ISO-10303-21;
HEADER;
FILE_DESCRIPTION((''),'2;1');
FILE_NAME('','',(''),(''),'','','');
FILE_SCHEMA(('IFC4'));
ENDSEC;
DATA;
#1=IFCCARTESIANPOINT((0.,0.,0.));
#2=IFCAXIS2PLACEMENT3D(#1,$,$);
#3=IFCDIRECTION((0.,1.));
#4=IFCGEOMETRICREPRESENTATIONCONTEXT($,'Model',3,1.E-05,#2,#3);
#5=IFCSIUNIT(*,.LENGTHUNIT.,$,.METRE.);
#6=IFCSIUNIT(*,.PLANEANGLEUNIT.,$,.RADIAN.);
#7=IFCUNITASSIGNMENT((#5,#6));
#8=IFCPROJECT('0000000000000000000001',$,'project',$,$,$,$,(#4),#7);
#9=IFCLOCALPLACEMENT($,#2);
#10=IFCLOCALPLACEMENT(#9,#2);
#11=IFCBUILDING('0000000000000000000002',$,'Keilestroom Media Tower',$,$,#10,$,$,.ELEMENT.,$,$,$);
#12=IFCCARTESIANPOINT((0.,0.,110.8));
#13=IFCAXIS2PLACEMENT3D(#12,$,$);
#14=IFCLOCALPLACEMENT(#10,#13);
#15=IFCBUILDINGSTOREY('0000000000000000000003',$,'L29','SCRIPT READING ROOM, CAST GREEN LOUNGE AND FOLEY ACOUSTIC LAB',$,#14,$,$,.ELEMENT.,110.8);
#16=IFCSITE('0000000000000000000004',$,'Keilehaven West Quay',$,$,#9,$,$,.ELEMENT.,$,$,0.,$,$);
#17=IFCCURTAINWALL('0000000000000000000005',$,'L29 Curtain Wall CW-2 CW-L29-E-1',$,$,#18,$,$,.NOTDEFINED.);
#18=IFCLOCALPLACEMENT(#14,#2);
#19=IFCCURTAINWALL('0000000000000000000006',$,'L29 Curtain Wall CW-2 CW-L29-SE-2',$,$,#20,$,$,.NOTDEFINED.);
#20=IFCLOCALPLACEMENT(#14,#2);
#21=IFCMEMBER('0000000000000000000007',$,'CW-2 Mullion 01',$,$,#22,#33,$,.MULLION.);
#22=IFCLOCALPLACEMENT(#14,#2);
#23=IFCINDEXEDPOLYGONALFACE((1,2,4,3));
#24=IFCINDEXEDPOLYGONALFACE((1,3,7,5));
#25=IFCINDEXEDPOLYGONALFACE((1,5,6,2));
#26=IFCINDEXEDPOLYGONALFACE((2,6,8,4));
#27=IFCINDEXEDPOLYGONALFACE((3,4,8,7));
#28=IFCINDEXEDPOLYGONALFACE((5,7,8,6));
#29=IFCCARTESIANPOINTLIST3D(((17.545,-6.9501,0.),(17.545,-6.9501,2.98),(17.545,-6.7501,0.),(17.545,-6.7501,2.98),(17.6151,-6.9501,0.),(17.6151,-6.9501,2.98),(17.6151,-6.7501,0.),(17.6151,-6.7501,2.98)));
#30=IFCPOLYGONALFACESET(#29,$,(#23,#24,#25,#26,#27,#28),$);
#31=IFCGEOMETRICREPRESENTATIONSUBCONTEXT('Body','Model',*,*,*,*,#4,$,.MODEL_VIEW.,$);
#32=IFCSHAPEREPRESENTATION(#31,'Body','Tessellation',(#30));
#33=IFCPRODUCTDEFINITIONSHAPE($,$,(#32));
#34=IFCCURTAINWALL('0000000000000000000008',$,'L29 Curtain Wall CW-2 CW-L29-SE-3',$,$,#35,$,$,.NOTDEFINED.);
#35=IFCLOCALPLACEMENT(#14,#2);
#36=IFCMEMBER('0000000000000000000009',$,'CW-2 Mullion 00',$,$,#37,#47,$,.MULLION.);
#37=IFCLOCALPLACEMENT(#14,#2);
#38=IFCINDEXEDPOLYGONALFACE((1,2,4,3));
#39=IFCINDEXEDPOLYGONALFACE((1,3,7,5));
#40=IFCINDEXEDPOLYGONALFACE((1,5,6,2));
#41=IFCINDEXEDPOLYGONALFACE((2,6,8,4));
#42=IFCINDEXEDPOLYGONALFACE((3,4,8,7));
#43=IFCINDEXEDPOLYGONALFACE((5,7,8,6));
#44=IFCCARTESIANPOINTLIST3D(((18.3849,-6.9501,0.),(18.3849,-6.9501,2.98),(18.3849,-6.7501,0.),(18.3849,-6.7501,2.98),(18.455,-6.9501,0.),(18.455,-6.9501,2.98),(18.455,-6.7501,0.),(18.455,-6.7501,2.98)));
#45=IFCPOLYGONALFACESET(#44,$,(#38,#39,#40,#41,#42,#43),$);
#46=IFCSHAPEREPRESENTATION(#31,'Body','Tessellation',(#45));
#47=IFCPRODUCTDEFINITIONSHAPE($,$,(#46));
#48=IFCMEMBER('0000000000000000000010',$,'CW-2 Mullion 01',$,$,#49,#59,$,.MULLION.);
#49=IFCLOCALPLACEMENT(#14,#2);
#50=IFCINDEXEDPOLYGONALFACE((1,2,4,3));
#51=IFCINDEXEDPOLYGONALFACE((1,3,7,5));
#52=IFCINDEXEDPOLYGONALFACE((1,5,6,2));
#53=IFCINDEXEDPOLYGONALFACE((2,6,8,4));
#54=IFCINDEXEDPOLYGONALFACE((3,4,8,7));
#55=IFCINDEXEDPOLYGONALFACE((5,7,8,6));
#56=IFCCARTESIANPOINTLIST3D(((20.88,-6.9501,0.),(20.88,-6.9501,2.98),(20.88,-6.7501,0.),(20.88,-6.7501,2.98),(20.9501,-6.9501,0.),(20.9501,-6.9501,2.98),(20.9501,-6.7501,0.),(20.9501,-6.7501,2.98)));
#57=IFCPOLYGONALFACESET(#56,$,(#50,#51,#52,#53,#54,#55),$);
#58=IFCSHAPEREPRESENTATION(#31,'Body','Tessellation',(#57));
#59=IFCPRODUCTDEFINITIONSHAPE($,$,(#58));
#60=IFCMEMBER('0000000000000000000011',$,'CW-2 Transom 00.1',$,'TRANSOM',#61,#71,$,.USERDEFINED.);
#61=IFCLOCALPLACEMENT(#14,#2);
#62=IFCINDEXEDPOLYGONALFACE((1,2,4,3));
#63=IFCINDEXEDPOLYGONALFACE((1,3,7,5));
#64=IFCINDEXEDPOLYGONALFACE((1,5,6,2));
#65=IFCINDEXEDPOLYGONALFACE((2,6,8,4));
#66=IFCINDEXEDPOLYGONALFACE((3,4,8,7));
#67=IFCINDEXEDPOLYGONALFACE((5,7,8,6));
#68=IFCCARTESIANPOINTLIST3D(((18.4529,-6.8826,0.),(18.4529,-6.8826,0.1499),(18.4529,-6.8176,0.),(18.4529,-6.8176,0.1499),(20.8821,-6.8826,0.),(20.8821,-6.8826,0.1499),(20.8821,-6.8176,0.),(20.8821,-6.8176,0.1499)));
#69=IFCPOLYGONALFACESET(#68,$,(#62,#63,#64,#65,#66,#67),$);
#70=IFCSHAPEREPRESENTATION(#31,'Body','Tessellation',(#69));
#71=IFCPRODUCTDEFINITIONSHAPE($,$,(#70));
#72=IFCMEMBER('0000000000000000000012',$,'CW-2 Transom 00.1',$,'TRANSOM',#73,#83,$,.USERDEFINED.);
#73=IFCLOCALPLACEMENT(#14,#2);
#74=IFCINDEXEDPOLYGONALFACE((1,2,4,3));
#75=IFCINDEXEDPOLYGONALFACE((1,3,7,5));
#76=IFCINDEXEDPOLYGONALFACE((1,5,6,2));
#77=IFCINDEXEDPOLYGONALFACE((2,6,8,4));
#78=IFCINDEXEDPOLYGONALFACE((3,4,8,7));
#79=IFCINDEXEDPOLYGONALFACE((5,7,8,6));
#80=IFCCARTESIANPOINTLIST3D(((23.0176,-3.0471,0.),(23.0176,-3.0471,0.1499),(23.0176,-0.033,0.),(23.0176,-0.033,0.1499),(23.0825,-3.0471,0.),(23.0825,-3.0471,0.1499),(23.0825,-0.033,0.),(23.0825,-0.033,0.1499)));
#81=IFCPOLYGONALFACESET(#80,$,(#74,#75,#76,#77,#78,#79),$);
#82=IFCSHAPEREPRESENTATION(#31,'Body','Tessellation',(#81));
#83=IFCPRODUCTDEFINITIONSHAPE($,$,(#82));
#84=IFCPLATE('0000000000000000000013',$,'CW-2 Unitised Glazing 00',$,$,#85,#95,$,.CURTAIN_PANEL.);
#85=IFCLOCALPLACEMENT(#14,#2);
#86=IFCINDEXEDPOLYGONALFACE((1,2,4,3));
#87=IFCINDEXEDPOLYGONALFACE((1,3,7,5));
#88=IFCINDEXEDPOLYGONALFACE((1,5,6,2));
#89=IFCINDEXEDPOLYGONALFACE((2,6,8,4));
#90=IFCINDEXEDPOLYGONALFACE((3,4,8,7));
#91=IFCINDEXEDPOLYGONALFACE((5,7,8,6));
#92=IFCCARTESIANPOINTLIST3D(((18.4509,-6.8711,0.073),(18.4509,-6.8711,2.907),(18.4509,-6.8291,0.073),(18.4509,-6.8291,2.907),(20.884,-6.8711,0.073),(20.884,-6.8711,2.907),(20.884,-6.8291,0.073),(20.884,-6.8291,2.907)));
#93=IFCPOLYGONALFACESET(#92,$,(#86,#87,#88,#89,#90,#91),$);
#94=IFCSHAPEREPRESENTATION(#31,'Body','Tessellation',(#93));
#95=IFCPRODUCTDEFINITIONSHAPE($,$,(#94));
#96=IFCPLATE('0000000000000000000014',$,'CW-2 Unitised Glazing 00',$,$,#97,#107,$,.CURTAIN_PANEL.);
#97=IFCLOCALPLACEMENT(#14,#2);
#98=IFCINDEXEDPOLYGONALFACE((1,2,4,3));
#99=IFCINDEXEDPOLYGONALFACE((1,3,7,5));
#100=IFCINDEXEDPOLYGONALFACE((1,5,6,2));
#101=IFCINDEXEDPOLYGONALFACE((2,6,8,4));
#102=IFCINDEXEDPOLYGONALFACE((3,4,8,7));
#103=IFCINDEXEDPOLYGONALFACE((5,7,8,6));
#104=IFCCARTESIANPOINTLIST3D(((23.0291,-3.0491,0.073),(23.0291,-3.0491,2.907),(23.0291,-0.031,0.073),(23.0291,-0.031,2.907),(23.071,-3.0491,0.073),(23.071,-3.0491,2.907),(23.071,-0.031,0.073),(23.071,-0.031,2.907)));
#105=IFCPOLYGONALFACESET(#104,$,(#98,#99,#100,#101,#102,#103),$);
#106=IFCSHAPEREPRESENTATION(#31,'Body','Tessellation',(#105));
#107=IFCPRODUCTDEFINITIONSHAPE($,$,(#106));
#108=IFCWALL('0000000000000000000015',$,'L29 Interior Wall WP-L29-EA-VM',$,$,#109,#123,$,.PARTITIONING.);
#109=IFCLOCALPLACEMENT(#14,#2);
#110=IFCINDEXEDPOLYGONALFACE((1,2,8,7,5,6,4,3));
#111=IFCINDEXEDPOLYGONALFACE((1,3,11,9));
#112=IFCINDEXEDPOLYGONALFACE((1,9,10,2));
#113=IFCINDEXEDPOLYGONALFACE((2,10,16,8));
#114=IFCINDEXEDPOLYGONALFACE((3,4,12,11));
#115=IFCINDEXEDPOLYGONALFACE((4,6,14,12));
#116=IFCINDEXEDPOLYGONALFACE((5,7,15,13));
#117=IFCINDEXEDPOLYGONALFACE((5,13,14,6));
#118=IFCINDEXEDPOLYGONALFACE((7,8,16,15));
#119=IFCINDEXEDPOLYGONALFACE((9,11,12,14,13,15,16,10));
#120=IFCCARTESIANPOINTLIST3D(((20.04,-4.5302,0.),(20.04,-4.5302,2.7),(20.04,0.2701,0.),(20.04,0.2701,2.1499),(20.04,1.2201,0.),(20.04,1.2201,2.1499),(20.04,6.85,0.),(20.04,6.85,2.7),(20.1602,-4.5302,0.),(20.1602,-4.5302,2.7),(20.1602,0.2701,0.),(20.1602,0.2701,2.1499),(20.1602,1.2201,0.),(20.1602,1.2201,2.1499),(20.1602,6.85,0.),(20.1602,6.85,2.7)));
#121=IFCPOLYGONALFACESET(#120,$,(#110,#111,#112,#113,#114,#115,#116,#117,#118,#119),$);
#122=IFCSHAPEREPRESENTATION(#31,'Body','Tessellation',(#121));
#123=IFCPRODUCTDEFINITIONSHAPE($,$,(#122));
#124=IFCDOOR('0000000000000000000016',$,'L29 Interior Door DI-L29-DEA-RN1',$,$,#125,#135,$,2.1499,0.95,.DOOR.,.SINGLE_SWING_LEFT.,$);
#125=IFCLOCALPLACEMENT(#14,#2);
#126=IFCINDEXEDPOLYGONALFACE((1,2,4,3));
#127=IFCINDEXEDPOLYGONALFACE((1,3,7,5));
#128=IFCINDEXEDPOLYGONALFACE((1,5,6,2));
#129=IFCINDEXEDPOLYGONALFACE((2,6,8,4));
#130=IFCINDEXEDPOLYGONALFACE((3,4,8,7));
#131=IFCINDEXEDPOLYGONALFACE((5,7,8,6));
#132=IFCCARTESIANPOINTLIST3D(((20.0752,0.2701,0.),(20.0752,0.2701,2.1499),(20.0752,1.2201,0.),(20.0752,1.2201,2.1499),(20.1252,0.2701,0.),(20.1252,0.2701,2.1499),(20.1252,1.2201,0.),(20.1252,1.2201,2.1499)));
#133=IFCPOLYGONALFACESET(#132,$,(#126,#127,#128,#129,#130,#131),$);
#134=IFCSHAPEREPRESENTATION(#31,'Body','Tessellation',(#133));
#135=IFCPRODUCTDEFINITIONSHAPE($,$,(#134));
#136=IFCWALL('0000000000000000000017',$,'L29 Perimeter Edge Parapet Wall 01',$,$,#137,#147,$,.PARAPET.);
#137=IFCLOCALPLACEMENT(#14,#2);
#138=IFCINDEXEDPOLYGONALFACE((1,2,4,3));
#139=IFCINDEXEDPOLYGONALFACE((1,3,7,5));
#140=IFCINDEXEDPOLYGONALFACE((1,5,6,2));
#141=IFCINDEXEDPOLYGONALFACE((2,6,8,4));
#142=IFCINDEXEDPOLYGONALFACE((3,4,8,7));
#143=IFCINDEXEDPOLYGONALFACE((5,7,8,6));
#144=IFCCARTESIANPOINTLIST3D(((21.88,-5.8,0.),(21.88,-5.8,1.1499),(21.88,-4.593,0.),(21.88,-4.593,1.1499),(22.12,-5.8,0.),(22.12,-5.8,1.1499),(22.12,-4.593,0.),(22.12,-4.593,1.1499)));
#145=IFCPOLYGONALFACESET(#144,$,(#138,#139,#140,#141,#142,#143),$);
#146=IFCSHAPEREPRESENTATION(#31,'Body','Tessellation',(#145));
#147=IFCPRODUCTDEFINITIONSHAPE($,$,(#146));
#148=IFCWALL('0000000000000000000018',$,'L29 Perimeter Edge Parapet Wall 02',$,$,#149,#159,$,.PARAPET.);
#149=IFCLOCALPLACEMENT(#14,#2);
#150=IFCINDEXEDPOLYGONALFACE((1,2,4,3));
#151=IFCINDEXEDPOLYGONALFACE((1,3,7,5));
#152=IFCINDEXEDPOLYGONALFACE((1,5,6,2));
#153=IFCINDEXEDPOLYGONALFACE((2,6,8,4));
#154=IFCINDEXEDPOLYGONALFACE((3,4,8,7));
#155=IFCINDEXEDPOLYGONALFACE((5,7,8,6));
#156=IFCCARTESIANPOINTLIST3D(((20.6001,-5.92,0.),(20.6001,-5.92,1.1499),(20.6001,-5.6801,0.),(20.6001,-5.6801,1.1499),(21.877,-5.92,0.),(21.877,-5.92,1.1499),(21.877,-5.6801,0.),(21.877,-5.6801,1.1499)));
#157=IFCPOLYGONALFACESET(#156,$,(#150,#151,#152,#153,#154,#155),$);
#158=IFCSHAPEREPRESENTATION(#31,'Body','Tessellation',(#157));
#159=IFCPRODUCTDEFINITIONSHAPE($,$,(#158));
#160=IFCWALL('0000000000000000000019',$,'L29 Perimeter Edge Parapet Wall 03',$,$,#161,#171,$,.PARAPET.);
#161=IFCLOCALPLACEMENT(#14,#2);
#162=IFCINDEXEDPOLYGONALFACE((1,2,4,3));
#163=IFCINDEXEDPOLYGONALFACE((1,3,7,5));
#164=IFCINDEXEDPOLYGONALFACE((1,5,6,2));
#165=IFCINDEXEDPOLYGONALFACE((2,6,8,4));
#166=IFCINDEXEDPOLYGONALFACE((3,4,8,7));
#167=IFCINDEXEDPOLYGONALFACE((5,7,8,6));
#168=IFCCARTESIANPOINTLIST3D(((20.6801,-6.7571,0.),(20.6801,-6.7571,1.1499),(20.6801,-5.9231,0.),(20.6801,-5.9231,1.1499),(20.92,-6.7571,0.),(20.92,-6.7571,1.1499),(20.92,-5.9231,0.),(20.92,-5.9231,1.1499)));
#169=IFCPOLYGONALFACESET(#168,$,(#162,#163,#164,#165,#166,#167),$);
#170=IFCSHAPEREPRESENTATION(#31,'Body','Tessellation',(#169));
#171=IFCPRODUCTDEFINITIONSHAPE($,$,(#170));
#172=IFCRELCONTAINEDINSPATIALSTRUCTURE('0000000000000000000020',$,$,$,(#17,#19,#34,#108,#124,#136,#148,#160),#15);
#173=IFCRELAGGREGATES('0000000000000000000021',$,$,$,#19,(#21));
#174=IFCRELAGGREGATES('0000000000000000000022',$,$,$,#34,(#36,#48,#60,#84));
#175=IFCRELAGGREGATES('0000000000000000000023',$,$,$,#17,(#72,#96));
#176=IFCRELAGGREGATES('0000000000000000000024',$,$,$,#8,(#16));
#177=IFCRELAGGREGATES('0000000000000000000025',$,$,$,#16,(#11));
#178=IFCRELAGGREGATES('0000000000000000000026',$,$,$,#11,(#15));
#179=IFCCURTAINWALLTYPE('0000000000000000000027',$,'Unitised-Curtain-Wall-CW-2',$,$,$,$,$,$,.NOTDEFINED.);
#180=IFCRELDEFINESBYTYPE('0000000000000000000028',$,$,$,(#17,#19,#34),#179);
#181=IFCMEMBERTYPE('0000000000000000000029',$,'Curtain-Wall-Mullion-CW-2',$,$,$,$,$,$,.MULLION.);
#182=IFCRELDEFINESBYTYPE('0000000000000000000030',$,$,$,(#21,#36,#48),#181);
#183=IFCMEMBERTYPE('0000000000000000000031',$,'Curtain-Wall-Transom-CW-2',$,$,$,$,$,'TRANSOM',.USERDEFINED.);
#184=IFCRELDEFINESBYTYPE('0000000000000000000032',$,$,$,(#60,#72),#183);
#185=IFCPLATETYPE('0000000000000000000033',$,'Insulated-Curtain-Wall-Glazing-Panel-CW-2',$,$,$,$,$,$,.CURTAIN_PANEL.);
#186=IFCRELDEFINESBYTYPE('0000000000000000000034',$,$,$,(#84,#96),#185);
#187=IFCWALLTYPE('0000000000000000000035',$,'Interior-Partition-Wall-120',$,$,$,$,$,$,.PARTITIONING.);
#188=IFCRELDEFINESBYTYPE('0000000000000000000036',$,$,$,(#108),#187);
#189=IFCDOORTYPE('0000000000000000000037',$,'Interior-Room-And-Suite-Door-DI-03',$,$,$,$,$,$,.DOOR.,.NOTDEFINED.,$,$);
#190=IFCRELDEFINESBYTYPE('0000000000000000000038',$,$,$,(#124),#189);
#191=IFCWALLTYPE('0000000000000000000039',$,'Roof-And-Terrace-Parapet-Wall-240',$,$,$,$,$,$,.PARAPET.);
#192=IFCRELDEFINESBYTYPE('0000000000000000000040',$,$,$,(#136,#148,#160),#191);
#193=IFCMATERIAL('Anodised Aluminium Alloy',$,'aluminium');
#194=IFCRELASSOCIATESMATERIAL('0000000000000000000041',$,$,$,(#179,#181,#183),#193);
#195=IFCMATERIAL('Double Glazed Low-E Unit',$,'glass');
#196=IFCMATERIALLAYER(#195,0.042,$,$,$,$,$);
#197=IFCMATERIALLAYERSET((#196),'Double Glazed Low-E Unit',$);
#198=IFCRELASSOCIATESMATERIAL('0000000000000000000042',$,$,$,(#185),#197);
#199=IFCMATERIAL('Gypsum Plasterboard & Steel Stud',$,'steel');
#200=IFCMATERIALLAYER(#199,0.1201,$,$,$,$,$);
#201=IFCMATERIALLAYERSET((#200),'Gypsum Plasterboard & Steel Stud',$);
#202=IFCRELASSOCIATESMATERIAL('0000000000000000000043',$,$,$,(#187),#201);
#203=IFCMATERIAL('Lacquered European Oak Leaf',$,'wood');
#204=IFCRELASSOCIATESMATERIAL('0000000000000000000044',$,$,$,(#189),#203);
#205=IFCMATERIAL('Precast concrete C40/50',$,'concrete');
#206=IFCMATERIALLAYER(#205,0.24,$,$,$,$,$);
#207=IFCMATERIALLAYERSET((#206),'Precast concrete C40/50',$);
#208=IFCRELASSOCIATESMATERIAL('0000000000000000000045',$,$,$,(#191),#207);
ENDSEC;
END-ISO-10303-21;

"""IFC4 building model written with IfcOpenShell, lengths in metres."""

from ifc_helpers import new_model, si_unit, direction, frame, frame_2d, origin, origin_2d, place, context, subcontext, project, spatial, rectangle, extrude, source, transform, mapped, material, layer, layer_set, material_profile, profile_set, type_object, element, fill, aggregate, save


model = new_model("IFC4")

# Units and contexts
model_context = context("Model", 3, precision=1e-05, world=origin(), true_north=direction((0.0, 1.0)))
body_context = subcontext(model_context, "Body", "Model", "MODEL_VIEW")
ifc_project = project(units=[si_unit("LENGTHUNIT", "METRE"), si_unit("PLANEANGLEUNIT", "RADIAN")], contexts=[model_context])

# Site, building, storey
site_placement = place(None, origin())
site = spatial("IfcSite", under=ifc_project, at=site_placement, Name="Keilehaven West Quay", CompositionType="ELEMENT", RefElevation=0.0)
building_placement = place(site_placement, origin())
building = spatial("IfcBuilding", under=site, at=building_placement, Name="Keilestroom Media Tower", CompositionType="ELEMENT")
storey_placement = place(building_placement, frame((0.0, 0.0, 110.8)))
storey = spatial("IfcBuildingStorey", under=building, at=storey_placement, Name="L29", Description="SCRIPT READING ROOM, CAST GREEN LOUNGE AND FOLEY ACOUSTIC LAB", CompositionType="ELEMENT", Elevation=110.8)

# Shared definitions
ifc_material_1 = material(Name="Precast concrete C40/50", Category="concrete")

# Curtain walls, member
ifc_material_2 = material(Name="Anodised Aluminium Alloy", Category="aluminium")
curtain_wall_type = type_object("IfcCurtainWallType", Name="Unitised-Curtain-Wall-CW-2", PredefinedType="NOTDEFINED", material=ifc_material_2)
curtain_wall_1_placement = place(storey_placement, origin())
curtain_wall_1 = element("IfcCurtainWall", 1, at=curtain_wall_1_placement, inside=storey, type_object=curtain_wall_type, Name="L29 Curtain Wall CW-2 CW-L29-E-1", PredefinedType="NOTDEFINED")
ifc_material_profile_1 = material_profile(ifc_material_2, rectangle(XDim=0.0701, YDim=0.2, at=origin_2d()), Name="ALU MULLION 70x200")
ifc_profile_set_1 = profile_set([ifc_material_profile_1], Name="Anodised Aluminium Alloy")
member_type_1 = type_object("IfcMemberType", Name="Curtain-Wall-Mullion-CW-2", PredefinedType="MULLION", material=ifc_profile_set_1)
shared_shape_1 = source(origin(), body_context, "Body", "SweptSolid", [
    extrude(rectangle(XDim=0.0701, YDim=0.2, at=origin_2d()), origin(), (0.0, 0.0, 1.0), 2.98),
])
curtain_wall_2_placement = place(storey_placement, origin())
curtain_wall_2 = element("IfcCurtainWall", 2, at=curtain_wall_2_placement, inside=storey, type_object=curtain_wall_type, Name="L29 Curtain Wall CW-2 CW-L29-SE-2", PredefinedType="NOTDEFINED")
member_1_placement = place(storey_placement, frame((17.5801, -6.8501, 0.0), z_axis=(0.0, 0.0, 1.0), x_axis=(1.0, 0.0, 0.0)))
member_1 = element("IfcMember", 3, at=member_1_placement, type_object=member_type_1, Name="CW-2 Mullion 01", PredefinedType="MULLION", context=body_context, shape_type="MappedRepresentation", body=[
    mapped(shared_shape_1, transform((0.0, 0.0, 0.0), x_axis=(1.0, 0.0, 0.0), y_axis=(0.0, 1.0, 0.0), z_axis=(0.0, 0.0, 1.0), scale=1.0)),
])
aggregate(curtain_wall_2, [member_1])

# Curtain wall, members
curtain_wall_3_placement = place(storey_placement, origin())
curtain_wall_3 = element("IfcCurtainWall", 4, at=curtain_wall_3_placement, inside=storey, type_object=curtain_wall_type, Name="L29 Curtain Wall CW-2 CW-L29-SE-3", PredefinedType="NOTDEFINED")
member_2_placement = place(storey_placement, frame((18.4199, -6.8501, 0.0), z_axis=(0.0, 0.0, 1.0), x_axis=(1.0, 0.0, 0.0)))
member_2 = element("IfcMember", 5, at=member_2_placement, type_object=member_type_1, Name="CW-2 Mullion 00", PredefinedType="MULLION", context=body_context, shape_type="MappedRepresentation", body=[
    mapped(shared_shape_1, transform((0.0, 0.0, 0.0), x_axis=(1.0, 0.0, 0.0), y_axis=(0.0, 1.0, 0.0), z_axis=(0.0, 0.0, 1.0), scale=1.0)),
])
member_3_placement = place(storey_placement, frame((20.915, -6.8501, 0.0), z_axis=(0.0, 0.0, 1.0), x_axis=(1.0, 0.0, 0.0)))
member_3 = element("IfcMember", 6, at=member_3_placement, type_object=member_type_1, Name="CW-2 Mullion 01", PredefinedType="MULLION", context=body_context, shape_type="MappedRepresentation", body=[
    mapped(shared_shape_1, transform((0.0, 0.0, 0.0), x_axis=(1.0, 0.0, 0.0), y_axis=(0.0, 1.0, 0.0), z_axis=(0.0, 0.0, 1.0), scale=1.0)),
])
ifc_material_profile_2 = material_profile(ifc_material_2, rectangle(XDim=0.0649, YDim=0.1499, at=origin_2d()), Name="ALU TRANSOM 65x150")
ifc_profile_set_2 = profile_set([ifc_material_profile_2], Name="Anodised Aluminium Alloy")
member_type_2 = type_object("IfcMemberType", Name="Curtain-Wall-Transom-CW-2", ElementType="TRANSOM", PredefinedType="USERDEFINED", material=ifc_profile_set_2)
shared_shape_2 = source(origin(), body_context, "Body", "SweptSolid", [
    extrude(rectangle(XDim=0.0649, YDim=0.1499, at=origin_2d()), origin(), (0.0, 0.0, 1.0), 2.4292),
])
member_4_placement = place(storey_placement, frame((18.4529, -6.8501, 0.075), z_axis=(1.0, 0.0, 0.0), x_axis=(0.0, 1.0, 0.0)))
member_4 = element("IfcMember", 7, at=member_4_placement, type_object=member_type_2, Name="CW-2 Transom 00.1", ObjectType="TRANSOM", PredefinedType="USERDEFINED", context=body_context, shape_type="MappedRepresentation", body=[
    mapped(shared_shape_2, transform((0.0, 0.0, 0.0), x_axis=(1.0, 0.0, 0.0), y_axis=(0.0, 1.0, 0.0), z_axis=(0.0, 0.0, 1.0), scale=1.0)),
])

# Member
shared_shape_3 = source(origin(), body_context, "Body", "SweptSolid", [
    extrude(rectangle(XDim=0.0649, YDim=0.1499, at=origin_2d()), origin(), (0.0, 0.0, 1.0), 3.0142),
])
member_5_placement = place(storey_placement, frame((23.05, -3.0471, 0.075), z_axis=(0.0, 1.0, 0.0), x_axis=(-1.0, 0.0, 0.0)))
member_5 = element("IfcMember", 8, at=member_5_placement, type_object=member_type_2, Name="CW-2 Transom 00.1", ObjectType="TRANSOM", PredefinedType="USERDEFINED", context=body_context, shape_type="MappedRepresentation", body=[
    mapped(shared_shape_3, transform((0.0, 0.0, 0.0), x_axis=(1.0, 0.0, 0.0), y_axis=(0.0, 1.0, 0.0), z_axis=(0.0, 0.0, 1.0), scale=1.0)),
])

# Plates
ifc_material_3 = material(Name="Double Glazed Low-E Unit", Category="glass")
ifc_layer_1 = layer(ifc_material_3, 0.042)
ifc_layer_set_1 = layer_set([ifc_layer_1], Name="Double Glazed Low-E Unit")
plate_type = type_object("IfcPlateType", Name="Insulated-Curtain-Wall-Glazing-Panel-CW-2", PredefinedType="CURTAIN_PANEL", material=ifc_layer_set_1)
shared_shape_4 = source(origin(), body_context, "Body", "SweptSolid", [
    extrude(rectangle(XDim=2.4331, YDim=0.042, at=origin_2d()), origin(), (0.0, 0.0, 1.0), 2.834),
])
plate_1_placement = place(storey_placement, frame((19.6675, -6.8501, 0.073), z_axis=(0.0, 0.0, 1.0), x_axis=(1.0, 0.0, 0.0)))
plate_1 = element("IfcPlate", 9, at=plate_1_placement, type_object=plate_type, Name="CW-2 Unitised Glazing 00", PredefinedType="CURTAIN_PANEL", context=body_context, shape_type="MappedRepresentation", body=[
    mapped(shared_shape_4, transform((0.0, 0.0, 0.0), x_axis=(1.0, 0.0, 0.0), y_axis=(0.0, 1.0, 0.0), z_axis=(0.0, 0.0, 1.0), scale=1.0)),
])
aggregate(curtain_wall_3, [member_2, member_3, member_4, plate_1])
shared_shape_5 = source(origin(), body_context, "Body", "SweptSolid", [
    extrude(rectangle(XDim=3.0181, YDim=0.042, at=origin_2d()), origin(), (0.0, 0.0, 1.0), 2.834),
])
plate_2_placement = place(storey_placement, frame((23.05, -1.54, 0.073), z_axis=(0.0, 0.0, 1.0), x_axis=(0.0, 1.0, 0.0)))
plate_2 = element("IfcPlate", 10, at=plate_2_placement, type_object=plate_type, Name="CW-2 Unitised Glazing 00", PredefinedType="CURTAIN_PANEL", context=body_context, shape_type="MappedRepresentation", body=[
    mapped(shared_shape_5, transform((0.0, 0.0, 0.0), x_axis=(1.0, 0.0, 0.0), y_axis=(0.0, 1.0, 0.0), z_axis=(0.0, 0.0, 1.0), scale=1.0)),
])
aggregate(curtain_wall_1, [member_5, plate_2])

# Wall, opening, door
ifc_material_4 = material(Name="Gypsum Plasterboard & Steel Stud", Category="steel")
ifc_layer_2 = layer(ifc_material_4, 0.1201)
ifc_layer_set_2 = layer_set([ifc_layer_2], Name="Gypsum Plasterboard & Steel Stud")
wall_type_1 = type_object("IfcWallType", Name="Interior-Partition-Wall-120", PredefinedType="PARTITIONING", material=ifc_layer_set_2)
wall_1_placement = place(storey_placement, frame((20.1001, -4.53, 0.0), z_axis=(0.0, 0.0, 1.0), x_axis=(0.0, 1.0, 0.0)))
wall_1 = element("IfcWall", 11, at=wall_1_placement, inside=storey, type_object=wall_type_1, Name="L29 Interior Wall WP-L29-EA-VM", PredefinedType="PARTITIONING", context=body_context, shape_type="SweptSolid", body=[
    extrude(rectangle(XDim=11.3801, YDim=0.1201, at=frame_2d((5.6899, 0.0))), origin(), (0.0, 0.0, 1.0), 2.7),
])
opening_placement = place(wall_1_placement, frame((4.8, 0.0, 0.0)))
opening = element("IfcOpeningElement", 12, at=opening_placement, cuts=wall_1, PredefinedType="OPENING", context=body_context, shape_type="SweptSolid", body=[
    extrude(rectangle(XDim=0.95, YDim=2.1499, at=frame_2d((0.4751, 1.075))), frame((0.0, 0.0701, 0.0), z_axis=(0.0, -1.0, 0.0), x_axis=(1.0, 0.0, 0.0)), (0.0, 0.0, 1.0), 0.1401),
])
ifc_material_5 = material(Name="Lacquered European Oak Leaf", Category="wood")
door_type = type_object("IfcDoorType", Name="Interior-Room-And-Suite-Door-DI-03", OperationType="NOTDEFINED", PredefinedType="DOOR", material=ifc_material_5)
shared_shape_6 = source(origin(), body_context, "Body", "SweptSolid", [
    extrude(rectangle(XDim=0.95, YDim=2.1499, at=frame_2d((0.4751, 1.075))), frame((0.0, 0.0249, 0.0), z_axis=(0.0, -1.0, 0.0), x_axis=(1.0, 0.0, 0.0)), (0.0, 0.0, 1.0), 0.05),
])
door_placement = place(opening_placement, origin())
door = element("IfcDoor", 13, at=door_placement, inside=storey, type_object=door_type, Name="L29 Interior Door DI-L29-DEA-RN1", OperationType="SINGLE_SWING_LEFT", OverallHeight=2.1499, OverallWidth=0.95, PredefinedType="DOOR", context=body_context, shape_type="MappedRepresentation", body=[
    mapped(shared_shape_6, transform((0.0, 0.0, 0.0), x_axis=(1.0, 0.0, 0.0), y_axis=(0.0, 1.0, 0.0), z_axis=(0.0, 0.0, 1.0), scale=1.0)),
])
fill(opening, door)

# Walls
ifc_layer_3 = layer(ifc_material_1, 0.24)
ifc_layer_set_3 = layer_set([ifc_layer_3], Name="Precast concrete C40/50")
wall_type_2 = type_object("IfcWallType", Name="Roof-And-Terrace-Parapet-Wall-240", PredefinedType="PARAPET", material=ifc_layer_set_3)
wall_2_placement = place(storey_placement, frame((22.0, -4.593, 0.0), z_axis=(0.0, 0.0, 1.0), x_axis=(0.0, -1.0, 0.0)))
element("IfcWall", 14, at=wall_2_placement, inside=storey, type_object=wall_type_2, Name="L29 Perimeter Edge Parapet Wall 01", PredefinedType="PARAPET", context=body_context, shape_type="SweptSolid", body=[
    extrude(rectangle(XDim=1.207, YDim=0.24, at=frame_2d((0.6035, 0.0))), origin(), (0.0, 0.0, 1.0), 1.1499),
])
wall_3_placement = place(storey_placement, frame((21.877, -5.8, 0.0), z_axis=(0.0, 0.0, 1.0), x_axis=(-1.0, 0.0, 0.0)))
element("IfcWall", 15, at=wall_3_placement, inside=storey, type_object=wall_type_2, Name="L29 Perimeter Edge Parapet Wall 02", PredefinedType="PARAPET", context=body_context, shape_type="SweptSolid", body=[
    extrude(rectangle(XDim=1.2769, YDim=0.24, at=frame_2d((0.6384, 0.0))), origin(), (0.0, 0.0, 1.0), 1.1499),
])
wall_4_placement = place(storey_placement, frame((20.8, -5.9231, 0.0), z_axis=(0.0, 0.0, 1.0), x_axis=(0.0, -1.0, 0.0)))
element("IfcWall", 16, at=wall_4_placement, inside=storey, type_object=wall_type_2, Name="L29 Perimeter Edge Parapet Wall 03", PredefinedType="PARAPET", context=body_context, shape_type="SweptSolid", body=[
    extrude(rectangle(XDim=0.834, YDim=0.24, at=frame_2d((0.417, 0.0))), origin(), (0.0, 0.0, 1.0), 1.1499),
])

save(model, "model.ifc")
